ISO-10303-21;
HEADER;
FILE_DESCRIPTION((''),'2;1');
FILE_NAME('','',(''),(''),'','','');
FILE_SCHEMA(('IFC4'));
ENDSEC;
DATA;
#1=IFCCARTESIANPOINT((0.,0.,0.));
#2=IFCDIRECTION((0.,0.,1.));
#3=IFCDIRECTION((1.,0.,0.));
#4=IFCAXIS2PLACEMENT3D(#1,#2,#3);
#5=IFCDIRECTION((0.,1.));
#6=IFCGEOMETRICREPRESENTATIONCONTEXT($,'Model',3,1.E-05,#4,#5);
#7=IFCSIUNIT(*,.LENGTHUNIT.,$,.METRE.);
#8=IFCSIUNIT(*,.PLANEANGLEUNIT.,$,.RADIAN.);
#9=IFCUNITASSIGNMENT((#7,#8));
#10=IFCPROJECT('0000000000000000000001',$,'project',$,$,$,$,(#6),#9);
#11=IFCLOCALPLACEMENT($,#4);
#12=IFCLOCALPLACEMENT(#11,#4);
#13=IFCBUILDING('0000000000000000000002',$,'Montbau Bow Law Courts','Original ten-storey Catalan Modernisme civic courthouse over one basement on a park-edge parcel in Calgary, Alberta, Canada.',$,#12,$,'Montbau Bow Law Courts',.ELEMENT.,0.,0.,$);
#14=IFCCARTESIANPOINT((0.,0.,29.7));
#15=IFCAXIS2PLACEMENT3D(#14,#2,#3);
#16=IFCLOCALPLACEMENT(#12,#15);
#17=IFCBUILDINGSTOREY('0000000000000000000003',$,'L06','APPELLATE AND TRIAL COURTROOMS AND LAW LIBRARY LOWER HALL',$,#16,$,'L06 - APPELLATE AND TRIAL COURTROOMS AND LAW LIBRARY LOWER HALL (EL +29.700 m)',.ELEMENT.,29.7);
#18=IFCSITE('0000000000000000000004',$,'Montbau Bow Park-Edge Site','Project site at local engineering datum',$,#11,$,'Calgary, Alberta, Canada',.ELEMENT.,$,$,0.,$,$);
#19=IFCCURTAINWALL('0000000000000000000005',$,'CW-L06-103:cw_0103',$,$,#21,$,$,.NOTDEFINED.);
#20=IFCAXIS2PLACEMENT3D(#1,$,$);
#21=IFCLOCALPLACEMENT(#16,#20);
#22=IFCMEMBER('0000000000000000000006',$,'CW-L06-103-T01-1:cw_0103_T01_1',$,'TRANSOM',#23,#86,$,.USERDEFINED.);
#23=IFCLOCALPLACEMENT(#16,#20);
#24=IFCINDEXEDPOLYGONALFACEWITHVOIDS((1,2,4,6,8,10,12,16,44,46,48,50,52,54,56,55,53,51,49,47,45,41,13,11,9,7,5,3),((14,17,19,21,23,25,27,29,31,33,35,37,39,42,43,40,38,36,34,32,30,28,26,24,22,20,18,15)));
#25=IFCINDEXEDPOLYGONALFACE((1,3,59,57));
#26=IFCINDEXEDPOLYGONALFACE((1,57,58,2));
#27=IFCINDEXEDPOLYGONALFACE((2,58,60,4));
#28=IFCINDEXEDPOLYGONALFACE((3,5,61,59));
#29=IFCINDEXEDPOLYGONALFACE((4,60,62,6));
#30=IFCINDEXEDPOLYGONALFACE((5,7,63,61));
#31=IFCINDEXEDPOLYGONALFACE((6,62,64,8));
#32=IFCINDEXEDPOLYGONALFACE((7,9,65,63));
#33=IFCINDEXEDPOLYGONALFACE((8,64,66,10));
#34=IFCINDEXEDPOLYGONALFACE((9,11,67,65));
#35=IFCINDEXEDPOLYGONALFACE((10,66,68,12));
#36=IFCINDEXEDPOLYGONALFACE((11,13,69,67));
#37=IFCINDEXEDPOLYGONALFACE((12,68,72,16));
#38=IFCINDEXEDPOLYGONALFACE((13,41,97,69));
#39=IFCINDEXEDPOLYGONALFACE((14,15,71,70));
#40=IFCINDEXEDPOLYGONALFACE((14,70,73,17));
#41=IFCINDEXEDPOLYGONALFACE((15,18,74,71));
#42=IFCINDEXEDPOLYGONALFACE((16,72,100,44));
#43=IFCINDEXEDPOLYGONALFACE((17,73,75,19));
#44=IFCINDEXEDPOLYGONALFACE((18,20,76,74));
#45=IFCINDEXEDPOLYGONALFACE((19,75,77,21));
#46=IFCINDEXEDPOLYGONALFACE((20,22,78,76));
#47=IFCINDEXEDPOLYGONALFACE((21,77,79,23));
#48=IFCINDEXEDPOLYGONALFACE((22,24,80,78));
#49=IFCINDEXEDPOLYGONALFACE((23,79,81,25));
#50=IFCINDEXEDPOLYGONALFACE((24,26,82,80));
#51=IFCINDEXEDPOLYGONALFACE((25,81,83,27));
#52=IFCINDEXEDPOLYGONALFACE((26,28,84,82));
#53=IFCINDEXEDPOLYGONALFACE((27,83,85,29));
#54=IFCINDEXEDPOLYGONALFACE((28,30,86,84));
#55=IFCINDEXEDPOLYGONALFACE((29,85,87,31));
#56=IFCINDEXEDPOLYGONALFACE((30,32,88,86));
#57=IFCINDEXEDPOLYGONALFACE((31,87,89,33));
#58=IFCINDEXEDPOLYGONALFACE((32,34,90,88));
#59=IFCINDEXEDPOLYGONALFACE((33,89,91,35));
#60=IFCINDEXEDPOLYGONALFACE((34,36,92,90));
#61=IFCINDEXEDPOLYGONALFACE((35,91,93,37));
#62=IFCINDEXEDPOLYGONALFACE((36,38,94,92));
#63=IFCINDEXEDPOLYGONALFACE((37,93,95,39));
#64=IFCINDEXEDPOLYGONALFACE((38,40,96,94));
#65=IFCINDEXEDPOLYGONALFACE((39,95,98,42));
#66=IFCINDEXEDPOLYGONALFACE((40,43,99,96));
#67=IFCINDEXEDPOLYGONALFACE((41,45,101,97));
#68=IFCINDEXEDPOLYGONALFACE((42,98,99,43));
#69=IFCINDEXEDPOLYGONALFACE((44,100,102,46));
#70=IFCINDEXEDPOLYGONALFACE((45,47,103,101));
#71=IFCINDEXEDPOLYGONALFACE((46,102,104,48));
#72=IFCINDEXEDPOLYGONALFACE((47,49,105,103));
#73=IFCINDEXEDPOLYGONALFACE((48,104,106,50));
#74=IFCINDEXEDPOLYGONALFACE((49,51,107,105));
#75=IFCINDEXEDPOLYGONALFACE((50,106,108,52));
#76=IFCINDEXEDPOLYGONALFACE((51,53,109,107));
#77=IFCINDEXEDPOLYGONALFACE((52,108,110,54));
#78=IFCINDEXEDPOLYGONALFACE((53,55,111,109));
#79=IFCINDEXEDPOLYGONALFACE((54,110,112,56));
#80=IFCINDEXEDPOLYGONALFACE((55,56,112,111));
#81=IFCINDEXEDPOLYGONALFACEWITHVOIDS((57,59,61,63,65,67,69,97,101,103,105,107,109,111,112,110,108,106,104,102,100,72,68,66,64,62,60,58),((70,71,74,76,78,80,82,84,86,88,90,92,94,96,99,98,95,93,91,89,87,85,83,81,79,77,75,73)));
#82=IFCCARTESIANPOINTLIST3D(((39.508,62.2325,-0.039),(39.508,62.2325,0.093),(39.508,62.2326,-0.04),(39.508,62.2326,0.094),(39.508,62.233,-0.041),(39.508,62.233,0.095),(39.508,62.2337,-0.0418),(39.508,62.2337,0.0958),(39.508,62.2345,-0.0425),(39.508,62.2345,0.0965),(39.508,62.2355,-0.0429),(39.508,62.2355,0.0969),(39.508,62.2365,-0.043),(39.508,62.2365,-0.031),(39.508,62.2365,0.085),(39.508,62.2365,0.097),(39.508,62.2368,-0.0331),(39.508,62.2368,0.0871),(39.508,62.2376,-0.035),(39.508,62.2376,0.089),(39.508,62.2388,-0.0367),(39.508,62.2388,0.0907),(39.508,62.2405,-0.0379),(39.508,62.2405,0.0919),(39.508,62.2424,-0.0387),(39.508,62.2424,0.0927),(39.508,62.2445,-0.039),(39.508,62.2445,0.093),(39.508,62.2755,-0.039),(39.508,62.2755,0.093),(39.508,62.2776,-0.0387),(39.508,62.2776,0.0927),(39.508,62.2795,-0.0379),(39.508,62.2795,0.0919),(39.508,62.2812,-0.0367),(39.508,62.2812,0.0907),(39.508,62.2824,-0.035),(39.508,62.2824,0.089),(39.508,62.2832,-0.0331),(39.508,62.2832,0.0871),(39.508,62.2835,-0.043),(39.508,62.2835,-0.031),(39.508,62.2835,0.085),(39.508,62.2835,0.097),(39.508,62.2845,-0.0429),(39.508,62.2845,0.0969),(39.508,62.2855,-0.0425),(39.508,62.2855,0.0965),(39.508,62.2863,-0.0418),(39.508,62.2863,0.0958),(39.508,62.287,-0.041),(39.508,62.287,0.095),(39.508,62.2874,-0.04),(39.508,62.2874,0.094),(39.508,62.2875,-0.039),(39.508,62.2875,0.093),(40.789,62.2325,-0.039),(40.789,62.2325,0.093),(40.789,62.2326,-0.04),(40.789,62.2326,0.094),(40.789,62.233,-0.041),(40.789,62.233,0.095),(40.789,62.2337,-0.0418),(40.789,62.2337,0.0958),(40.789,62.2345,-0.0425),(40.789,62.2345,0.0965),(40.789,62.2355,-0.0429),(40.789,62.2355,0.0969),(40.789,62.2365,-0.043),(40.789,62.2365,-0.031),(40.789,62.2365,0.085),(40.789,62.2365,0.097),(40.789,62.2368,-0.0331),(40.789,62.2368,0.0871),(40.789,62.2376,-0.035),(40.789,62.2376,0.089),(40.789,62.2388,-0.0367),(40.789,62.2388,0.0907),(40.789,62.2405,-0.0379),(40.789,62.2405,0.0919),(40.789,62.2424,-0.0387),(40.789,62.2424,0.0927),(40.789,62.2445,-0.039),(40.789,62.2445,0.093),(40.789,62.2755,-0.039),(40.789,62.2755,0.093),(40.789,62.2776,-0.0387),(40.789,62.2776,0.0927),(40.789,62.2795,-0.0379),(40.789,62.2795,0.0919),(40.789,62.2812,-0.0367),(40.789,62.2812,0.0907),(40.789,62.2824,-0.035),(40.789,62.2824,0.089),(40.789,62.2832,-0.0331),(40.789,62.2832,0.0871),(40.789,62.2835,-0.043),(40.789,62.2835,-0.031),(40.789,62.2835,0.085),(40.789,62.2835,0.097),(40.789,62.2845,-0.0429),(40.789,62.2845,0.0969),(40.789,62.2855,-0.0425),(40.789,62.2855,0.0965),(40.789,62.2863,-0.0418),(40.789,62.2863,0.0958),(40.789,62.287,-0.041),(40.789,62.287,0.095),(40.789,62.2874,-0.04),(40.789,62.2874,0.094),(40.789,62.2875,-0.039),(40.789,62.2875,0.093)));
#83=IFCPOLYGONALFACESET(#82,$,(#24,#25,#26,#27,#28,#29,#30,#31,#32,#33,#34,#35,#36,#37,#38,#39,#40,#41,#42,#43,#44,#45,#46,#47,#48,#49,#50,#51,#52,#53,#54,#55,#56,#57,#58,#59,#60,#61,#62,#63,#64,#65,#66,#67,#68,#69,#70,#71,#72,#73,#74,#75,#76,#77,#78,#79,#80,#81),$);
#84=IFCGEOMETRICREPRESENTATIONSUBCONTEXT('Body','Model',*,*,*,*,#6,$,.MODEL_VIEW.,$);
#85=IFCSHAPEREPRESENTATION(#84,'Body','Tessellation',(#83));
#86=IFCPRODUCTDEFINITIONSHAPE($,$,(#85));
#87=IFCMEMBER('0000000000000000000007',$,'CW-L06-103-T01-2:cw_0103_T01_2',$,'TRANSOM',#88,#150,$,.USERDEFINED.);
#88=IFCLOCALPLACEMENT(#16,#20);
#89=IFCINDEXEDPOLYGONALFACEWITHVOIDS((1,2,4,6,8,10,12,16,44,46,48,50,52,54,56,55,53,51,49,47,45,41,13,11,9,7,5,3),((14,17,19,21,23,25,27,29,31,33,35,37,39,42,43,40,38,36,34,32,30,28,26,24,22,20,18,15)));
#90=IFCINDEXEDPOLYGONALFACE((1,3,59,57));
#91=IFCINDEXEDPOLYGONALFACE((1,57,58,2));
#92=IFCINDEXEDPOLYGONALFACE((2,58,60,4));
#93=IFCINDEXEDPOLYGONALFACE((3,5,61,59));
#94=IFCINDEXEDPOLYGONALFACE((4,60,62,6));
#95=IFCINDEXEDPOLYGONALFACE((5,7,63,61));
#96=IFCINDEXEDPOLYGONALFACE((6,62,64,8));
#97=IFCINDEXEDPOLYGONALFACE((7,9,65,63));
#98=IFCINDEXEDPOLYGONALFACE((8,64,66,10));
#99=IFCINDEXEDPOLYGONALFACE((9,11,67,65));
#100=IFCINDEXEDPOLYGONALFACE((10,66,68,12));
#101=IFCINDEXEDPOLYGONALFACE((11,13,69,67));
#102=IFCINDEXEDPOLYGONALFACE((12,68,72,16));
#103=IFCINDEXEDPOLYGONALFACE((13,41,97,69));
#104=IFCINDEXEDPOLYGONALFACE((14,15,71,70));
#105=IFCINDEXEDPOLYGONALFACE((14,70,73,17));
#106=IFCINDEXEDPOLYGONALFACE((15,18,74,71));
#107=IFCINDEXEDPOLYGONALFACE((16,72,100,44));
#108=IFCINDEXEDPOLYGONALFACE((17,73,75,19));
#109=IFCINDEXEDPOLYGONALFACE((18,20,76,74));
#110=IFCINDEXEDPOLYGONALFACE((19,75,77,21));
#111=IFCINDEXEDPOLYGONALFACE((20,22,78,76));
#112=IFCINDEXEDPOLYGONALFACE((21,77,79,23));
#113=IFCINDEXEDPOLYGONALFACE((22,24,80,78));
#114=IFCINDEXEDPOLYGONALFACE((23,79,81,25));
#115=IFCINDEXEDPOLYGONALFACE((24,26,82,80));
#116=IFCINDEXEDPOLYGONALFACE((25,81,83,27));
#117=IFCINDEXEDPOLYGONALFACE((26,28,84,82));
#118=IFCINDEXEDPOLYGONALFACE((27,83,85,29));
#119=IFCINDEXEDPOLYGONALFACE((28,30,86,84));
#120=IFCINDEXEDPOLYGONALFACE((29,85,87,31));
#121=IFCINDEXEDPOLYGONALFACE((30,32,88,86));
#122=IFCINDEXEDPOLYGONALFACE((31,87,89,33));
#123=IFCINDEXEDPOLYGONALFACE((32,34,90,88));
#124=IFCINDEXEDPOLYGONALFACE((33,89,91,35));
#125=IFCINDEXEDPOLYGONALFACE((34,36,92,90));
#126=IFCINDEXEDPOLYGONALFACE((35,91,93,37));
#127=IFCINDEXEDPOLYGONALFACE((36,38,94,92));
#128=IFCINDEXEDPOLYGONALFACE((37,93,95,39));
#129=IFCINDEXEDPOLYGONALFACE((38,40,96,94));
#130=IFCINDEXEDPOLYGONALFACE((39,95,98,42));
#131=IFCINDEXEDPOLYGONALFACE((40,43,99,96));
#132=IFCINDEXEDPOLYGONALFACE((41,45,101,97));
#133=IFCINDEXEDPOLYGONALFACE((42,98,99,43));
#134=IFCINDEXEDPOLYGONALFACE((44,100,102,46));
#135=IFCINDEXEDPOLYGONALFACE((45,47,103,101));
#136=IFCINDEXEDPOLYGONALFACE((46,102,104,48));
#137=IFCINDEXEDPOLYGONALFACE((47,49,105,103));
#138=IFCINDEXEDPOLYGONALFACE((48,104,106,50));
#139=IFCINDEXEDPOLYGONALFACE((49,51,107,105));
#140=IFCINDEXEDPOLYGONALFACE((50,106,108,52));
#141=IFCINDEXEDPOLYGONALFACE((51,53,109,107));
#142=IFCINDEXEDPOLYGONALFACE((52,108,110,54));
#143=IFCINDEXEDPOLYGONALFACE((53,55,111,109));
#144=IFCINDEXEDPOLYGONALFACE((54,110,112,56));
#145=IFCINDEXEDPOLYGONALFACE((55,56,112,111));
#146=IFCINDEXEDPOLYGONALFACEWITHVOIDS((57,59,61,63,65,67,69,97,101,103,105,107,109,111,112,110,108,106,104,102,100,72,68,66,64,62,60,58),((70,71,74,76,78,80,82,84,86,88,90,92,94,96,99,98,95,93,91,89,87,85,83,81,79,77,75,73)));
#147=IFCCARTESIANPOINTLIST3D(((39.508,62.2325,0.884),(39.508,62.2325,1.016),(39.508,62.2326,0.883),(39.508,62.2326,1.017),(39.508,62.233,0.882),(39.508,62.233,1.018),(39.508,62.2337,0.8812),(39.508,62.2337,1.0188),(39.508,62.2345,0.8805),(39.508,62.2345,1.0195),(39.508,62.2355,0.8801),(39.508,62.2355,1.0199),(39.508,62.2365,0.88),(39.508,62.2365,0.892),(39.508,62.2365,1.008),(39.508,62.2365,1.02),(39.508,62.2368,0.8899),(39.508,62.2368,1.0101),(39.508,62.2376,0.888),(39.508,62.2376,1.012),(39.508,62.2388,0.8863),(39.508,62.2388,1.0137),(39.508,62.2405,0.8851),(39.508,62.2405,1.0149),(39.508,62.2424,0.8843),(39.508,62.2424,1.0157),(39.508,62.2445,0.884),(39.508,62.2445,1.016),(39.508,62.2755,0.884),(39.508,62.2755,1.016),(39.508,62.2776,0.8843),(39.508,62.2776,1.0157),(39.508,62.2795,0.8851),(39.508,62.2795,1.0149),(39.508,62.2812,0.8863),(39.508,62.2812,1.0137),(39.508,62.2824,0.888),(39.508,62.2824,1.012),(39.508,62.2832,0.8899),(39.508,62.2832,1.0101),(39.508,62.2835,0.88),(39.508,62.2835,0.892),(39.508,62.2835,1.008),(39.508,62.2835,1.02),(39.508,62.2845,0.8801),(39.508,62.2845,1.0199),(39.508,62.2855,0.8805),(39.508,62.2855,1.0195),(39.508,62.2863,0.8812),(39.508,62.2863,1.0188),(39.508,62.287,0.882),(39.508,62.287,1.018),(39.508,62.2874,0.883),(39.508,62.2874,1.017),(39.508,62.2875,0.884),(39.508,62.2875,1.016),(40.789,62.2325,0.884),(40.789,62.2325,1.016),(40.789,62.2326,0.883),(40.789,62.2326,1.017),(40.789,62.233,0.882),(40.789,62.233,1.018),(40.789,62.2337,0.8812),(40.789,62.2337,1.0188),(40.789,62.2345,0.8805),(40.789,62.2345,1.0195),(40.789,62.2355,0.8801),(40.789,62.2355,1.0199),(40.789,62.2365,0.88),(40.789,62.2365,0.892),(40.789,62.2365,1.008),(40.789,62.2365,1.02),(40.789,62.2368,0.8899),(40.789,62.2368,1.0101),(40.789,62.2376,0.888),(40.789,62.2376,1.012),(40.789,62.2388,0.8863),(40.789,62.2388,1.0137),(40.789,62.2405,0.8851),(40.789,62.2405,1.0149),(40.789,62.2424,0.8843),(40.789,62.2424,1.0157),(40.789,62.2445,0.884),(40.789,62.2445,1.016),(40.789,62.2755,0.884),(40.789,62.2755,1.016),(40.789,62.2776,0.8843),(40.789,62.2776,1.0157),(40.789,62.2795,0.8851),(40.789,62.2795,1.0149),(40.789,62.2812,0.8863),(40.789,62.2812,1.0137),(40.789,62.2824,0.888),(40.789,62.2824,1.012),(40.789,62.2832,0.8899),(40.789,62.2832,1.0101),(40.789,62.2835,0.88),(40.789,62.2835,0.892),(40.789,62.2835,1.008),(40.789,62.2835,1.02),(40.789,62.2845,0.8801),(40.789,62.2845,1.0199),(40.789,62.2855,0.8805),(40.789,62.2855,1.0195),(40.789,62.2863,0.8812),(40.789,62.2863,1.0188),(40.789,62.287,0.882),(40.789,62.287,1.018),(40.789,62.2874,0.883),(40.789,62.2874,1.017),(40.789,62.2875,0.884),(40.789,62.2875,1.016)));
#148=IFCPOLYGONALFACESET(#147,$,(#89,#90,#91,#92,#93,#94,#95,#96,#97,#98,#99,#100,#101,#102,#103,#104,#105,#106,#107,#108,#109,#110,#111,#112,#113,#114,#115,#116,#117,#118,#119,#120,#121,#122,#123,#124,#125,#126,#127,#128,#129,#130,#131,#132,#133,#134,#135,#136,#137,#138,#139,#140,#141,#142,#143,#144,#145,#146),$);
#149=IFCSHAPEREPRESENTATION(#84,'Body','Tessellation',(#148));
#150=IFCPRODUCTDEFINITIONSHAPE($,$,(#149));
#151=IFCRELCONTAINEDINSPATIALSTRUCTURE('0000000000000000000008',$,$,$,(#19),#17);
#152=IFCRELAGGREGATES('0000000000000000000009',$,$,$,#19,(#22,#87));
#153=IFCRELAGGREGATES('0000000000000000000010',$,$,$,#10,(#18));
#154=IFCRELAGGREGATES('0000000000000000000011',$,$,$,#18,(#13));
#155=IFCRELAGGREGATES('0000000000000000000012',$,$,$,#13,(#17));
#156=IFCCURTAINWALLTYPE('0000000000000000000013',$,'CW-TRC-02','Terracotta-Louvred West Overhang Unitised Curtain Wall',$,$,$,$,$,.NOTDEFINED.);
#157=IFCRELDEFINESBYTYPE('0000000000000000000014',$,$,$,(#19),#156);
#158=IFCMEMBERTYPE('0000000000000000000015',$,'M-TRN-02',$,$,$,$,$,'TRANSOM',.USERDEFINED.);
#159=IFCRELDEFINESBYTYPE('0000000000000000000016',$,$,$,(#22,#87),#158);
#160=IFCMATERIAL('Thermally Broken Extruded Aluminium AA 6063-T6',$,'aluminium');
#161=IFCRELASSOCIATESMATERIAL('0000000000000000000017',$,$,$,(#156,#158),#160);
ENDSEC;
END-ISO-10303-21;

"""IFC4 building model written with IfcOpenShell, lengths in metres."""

from ifc_helpers import new_model, si_unit, direction, frame, origin_with_axes, origin_2d_with_axis, place, context, subcontext, project, spatial, hollow_rectangle, extrude, material, material_profile, profile_set, type_object, element, aggregate, save


model = new_model("IFC4")

# Units and contexts
model_context = context("Model", 3, precision=1e-05, world=origin_with_axes(), true_north=direction((0.0, 1.0)))
body_context = subcontext(model_context, "Body", "Model", "MODEL_VIEW")
ifc_project = project(units=[si_unit("LENGTHUNIT", "METRE"), si_unit("PLANEANGLEUNIT", "RADIAN")], contexts=[model_context])

# Site, building, storey
site_placement = place(None, origin_with_axes())
site = spatial("IfcSite", under=ifc_project, at=site_placement, Name="Montbau Bow Park-Edge Site", Description="Project site at local engineering datum", LongName="Calgary, Alberta, Canada", CompositionType="ELEMENT", RefElevation=0.0)
building_placement = place(site_placement, origin_with_axes())
building = spatial("IfcBuilding", under=site, at=building_placement, Name="Montbau Bow Law Courts", Description="Original ten-storey Catalan Modernisme civic courthouse over one basement on a park-edge parcel in Calgary, Alberta, Canada.", LongName="Montbau Bow Law Courts", CompositionType="ELEMENT", ElevationOfRefHeight=0.0, ElevationOfTerrain=0.0)
storey_placement = place(building_placement, frame((0.0, 0.0, 29.7), z_axis=(0.0, 0.0, 1.0), x_axis=(1.0, 0.0, 0.0)))
storey = spatial("IfcBuildingStorey", under=building, at=storey_placement, Name="L06", Description="APPELLATE AND TRIAL COURTROOMS AND LAW LIBRARY LOWER HALL", LongName="L06 - APPELLATE AND TRIAL COURTROOMS AND LAW LIBRARY LOWER HALL (EL +29.700 m)", CompositionType="ELEMENT", Elevation=29.7)

# Curtain wall, members
ifc_material_1 = material(Name="Thermally Broken Extruded Aluminium AA 6063-T6", Category="aluminium")
curtain_wall_type = type_object("IfcCurtainWallType", Name="CW-TRC-02", Description="Terracotta-Louvred West Overhang Unitised Curtain Wall", PredefinedType="NOTDEFINED", material=ifc_material_1)
curtain_wall_placement = place(None, frame((39.44, 62.26, 29.7), z_axis=(0.0, 0.0, 1.0), x_axis=(1.0, 0.0, 0.0)))
curtain_wall = element("IfcCurtainWall", 1, at=curtain_wall_placement, inside=storey, type_object=curtain_wall_type, Name="CW-L06-103:cw_0103", PredefinedType="NOTDEFINED")
ifc_material_profile_1 = material_profile(ifc_material_1, hollow_rectangle(XDim=0.055, YDim=0.14, WallThickness=0.004, InnerFilletRadius=0.008, OuterFilletRadius=0.004, at=origin_2d_with_axis()), Name="CWT-140X55", Category="Main", Priority=0)
ifc_profile_set_1 = profile_set([ifc_material_profile_1], Name="Thermally Broken Extruded Aluminium AA 6063-T6")
member_type_1 = type_object("IfcMemberType", Name="M-TRN-02", ElementType="TRANSOM", PredefinedType="USERDEFINED", material=ifc_profile_set_1)
member_1_placement = place(None, frame((39.508, 62.26, 29.727), z_axis=(1.0, 0.0, 0.0), x_axis=(0.0, 1.0, 0.0)))
member_1 = element("IfcMember", 2, at=member_1_placement, type_object=member_type_1, Name="CW-L06-103-T01-1:cw_0103_T01_1", ObjectType="TRANSOM", PredefinedType="USERDEFINED", context=body_context, shape_type="SweptSolid", body=[
    extrude(hollow_rectangle(XDim=0.055, YDim=0.14, WallThickness=0.004, InnerFilletRadius=0.008, OuterFilletRadius=0.004, at=origin_2d_with_axis()), origin_with_axes(), (0.0, 0.0, 1.0), 1.281),
])
member_2_placement = place(None, frame((39.508, 62.26, 30.65), z_axis=(1.0, 0.0, 0.0), x_axis=(0.0, 1.0, 0.0)))
member_2 = element("IfcMember", 3, at=member_2_placement, type_object=member_type_1, Name="CW-L06-103-T01-2:cw_0103_T01_2", ObjectType="TRANSOM", PredefinedType="USERDEFINED", context=body_context, shape_type="SweptSolid", body=[
    extrude(hollow_rectangle(XDim=0.055, YDim=0.14, WallThickness=0.004, InnerFilletRadius=0.008, OuterFilletRadius=0.004, at=origin_2d_with_axis()), origin_with_axes(), (0.0, 0.0, 1.0), 1.281),
])
aggregate(curtain_wall, [member_1, member_2])

save(model, "model.ifc")
